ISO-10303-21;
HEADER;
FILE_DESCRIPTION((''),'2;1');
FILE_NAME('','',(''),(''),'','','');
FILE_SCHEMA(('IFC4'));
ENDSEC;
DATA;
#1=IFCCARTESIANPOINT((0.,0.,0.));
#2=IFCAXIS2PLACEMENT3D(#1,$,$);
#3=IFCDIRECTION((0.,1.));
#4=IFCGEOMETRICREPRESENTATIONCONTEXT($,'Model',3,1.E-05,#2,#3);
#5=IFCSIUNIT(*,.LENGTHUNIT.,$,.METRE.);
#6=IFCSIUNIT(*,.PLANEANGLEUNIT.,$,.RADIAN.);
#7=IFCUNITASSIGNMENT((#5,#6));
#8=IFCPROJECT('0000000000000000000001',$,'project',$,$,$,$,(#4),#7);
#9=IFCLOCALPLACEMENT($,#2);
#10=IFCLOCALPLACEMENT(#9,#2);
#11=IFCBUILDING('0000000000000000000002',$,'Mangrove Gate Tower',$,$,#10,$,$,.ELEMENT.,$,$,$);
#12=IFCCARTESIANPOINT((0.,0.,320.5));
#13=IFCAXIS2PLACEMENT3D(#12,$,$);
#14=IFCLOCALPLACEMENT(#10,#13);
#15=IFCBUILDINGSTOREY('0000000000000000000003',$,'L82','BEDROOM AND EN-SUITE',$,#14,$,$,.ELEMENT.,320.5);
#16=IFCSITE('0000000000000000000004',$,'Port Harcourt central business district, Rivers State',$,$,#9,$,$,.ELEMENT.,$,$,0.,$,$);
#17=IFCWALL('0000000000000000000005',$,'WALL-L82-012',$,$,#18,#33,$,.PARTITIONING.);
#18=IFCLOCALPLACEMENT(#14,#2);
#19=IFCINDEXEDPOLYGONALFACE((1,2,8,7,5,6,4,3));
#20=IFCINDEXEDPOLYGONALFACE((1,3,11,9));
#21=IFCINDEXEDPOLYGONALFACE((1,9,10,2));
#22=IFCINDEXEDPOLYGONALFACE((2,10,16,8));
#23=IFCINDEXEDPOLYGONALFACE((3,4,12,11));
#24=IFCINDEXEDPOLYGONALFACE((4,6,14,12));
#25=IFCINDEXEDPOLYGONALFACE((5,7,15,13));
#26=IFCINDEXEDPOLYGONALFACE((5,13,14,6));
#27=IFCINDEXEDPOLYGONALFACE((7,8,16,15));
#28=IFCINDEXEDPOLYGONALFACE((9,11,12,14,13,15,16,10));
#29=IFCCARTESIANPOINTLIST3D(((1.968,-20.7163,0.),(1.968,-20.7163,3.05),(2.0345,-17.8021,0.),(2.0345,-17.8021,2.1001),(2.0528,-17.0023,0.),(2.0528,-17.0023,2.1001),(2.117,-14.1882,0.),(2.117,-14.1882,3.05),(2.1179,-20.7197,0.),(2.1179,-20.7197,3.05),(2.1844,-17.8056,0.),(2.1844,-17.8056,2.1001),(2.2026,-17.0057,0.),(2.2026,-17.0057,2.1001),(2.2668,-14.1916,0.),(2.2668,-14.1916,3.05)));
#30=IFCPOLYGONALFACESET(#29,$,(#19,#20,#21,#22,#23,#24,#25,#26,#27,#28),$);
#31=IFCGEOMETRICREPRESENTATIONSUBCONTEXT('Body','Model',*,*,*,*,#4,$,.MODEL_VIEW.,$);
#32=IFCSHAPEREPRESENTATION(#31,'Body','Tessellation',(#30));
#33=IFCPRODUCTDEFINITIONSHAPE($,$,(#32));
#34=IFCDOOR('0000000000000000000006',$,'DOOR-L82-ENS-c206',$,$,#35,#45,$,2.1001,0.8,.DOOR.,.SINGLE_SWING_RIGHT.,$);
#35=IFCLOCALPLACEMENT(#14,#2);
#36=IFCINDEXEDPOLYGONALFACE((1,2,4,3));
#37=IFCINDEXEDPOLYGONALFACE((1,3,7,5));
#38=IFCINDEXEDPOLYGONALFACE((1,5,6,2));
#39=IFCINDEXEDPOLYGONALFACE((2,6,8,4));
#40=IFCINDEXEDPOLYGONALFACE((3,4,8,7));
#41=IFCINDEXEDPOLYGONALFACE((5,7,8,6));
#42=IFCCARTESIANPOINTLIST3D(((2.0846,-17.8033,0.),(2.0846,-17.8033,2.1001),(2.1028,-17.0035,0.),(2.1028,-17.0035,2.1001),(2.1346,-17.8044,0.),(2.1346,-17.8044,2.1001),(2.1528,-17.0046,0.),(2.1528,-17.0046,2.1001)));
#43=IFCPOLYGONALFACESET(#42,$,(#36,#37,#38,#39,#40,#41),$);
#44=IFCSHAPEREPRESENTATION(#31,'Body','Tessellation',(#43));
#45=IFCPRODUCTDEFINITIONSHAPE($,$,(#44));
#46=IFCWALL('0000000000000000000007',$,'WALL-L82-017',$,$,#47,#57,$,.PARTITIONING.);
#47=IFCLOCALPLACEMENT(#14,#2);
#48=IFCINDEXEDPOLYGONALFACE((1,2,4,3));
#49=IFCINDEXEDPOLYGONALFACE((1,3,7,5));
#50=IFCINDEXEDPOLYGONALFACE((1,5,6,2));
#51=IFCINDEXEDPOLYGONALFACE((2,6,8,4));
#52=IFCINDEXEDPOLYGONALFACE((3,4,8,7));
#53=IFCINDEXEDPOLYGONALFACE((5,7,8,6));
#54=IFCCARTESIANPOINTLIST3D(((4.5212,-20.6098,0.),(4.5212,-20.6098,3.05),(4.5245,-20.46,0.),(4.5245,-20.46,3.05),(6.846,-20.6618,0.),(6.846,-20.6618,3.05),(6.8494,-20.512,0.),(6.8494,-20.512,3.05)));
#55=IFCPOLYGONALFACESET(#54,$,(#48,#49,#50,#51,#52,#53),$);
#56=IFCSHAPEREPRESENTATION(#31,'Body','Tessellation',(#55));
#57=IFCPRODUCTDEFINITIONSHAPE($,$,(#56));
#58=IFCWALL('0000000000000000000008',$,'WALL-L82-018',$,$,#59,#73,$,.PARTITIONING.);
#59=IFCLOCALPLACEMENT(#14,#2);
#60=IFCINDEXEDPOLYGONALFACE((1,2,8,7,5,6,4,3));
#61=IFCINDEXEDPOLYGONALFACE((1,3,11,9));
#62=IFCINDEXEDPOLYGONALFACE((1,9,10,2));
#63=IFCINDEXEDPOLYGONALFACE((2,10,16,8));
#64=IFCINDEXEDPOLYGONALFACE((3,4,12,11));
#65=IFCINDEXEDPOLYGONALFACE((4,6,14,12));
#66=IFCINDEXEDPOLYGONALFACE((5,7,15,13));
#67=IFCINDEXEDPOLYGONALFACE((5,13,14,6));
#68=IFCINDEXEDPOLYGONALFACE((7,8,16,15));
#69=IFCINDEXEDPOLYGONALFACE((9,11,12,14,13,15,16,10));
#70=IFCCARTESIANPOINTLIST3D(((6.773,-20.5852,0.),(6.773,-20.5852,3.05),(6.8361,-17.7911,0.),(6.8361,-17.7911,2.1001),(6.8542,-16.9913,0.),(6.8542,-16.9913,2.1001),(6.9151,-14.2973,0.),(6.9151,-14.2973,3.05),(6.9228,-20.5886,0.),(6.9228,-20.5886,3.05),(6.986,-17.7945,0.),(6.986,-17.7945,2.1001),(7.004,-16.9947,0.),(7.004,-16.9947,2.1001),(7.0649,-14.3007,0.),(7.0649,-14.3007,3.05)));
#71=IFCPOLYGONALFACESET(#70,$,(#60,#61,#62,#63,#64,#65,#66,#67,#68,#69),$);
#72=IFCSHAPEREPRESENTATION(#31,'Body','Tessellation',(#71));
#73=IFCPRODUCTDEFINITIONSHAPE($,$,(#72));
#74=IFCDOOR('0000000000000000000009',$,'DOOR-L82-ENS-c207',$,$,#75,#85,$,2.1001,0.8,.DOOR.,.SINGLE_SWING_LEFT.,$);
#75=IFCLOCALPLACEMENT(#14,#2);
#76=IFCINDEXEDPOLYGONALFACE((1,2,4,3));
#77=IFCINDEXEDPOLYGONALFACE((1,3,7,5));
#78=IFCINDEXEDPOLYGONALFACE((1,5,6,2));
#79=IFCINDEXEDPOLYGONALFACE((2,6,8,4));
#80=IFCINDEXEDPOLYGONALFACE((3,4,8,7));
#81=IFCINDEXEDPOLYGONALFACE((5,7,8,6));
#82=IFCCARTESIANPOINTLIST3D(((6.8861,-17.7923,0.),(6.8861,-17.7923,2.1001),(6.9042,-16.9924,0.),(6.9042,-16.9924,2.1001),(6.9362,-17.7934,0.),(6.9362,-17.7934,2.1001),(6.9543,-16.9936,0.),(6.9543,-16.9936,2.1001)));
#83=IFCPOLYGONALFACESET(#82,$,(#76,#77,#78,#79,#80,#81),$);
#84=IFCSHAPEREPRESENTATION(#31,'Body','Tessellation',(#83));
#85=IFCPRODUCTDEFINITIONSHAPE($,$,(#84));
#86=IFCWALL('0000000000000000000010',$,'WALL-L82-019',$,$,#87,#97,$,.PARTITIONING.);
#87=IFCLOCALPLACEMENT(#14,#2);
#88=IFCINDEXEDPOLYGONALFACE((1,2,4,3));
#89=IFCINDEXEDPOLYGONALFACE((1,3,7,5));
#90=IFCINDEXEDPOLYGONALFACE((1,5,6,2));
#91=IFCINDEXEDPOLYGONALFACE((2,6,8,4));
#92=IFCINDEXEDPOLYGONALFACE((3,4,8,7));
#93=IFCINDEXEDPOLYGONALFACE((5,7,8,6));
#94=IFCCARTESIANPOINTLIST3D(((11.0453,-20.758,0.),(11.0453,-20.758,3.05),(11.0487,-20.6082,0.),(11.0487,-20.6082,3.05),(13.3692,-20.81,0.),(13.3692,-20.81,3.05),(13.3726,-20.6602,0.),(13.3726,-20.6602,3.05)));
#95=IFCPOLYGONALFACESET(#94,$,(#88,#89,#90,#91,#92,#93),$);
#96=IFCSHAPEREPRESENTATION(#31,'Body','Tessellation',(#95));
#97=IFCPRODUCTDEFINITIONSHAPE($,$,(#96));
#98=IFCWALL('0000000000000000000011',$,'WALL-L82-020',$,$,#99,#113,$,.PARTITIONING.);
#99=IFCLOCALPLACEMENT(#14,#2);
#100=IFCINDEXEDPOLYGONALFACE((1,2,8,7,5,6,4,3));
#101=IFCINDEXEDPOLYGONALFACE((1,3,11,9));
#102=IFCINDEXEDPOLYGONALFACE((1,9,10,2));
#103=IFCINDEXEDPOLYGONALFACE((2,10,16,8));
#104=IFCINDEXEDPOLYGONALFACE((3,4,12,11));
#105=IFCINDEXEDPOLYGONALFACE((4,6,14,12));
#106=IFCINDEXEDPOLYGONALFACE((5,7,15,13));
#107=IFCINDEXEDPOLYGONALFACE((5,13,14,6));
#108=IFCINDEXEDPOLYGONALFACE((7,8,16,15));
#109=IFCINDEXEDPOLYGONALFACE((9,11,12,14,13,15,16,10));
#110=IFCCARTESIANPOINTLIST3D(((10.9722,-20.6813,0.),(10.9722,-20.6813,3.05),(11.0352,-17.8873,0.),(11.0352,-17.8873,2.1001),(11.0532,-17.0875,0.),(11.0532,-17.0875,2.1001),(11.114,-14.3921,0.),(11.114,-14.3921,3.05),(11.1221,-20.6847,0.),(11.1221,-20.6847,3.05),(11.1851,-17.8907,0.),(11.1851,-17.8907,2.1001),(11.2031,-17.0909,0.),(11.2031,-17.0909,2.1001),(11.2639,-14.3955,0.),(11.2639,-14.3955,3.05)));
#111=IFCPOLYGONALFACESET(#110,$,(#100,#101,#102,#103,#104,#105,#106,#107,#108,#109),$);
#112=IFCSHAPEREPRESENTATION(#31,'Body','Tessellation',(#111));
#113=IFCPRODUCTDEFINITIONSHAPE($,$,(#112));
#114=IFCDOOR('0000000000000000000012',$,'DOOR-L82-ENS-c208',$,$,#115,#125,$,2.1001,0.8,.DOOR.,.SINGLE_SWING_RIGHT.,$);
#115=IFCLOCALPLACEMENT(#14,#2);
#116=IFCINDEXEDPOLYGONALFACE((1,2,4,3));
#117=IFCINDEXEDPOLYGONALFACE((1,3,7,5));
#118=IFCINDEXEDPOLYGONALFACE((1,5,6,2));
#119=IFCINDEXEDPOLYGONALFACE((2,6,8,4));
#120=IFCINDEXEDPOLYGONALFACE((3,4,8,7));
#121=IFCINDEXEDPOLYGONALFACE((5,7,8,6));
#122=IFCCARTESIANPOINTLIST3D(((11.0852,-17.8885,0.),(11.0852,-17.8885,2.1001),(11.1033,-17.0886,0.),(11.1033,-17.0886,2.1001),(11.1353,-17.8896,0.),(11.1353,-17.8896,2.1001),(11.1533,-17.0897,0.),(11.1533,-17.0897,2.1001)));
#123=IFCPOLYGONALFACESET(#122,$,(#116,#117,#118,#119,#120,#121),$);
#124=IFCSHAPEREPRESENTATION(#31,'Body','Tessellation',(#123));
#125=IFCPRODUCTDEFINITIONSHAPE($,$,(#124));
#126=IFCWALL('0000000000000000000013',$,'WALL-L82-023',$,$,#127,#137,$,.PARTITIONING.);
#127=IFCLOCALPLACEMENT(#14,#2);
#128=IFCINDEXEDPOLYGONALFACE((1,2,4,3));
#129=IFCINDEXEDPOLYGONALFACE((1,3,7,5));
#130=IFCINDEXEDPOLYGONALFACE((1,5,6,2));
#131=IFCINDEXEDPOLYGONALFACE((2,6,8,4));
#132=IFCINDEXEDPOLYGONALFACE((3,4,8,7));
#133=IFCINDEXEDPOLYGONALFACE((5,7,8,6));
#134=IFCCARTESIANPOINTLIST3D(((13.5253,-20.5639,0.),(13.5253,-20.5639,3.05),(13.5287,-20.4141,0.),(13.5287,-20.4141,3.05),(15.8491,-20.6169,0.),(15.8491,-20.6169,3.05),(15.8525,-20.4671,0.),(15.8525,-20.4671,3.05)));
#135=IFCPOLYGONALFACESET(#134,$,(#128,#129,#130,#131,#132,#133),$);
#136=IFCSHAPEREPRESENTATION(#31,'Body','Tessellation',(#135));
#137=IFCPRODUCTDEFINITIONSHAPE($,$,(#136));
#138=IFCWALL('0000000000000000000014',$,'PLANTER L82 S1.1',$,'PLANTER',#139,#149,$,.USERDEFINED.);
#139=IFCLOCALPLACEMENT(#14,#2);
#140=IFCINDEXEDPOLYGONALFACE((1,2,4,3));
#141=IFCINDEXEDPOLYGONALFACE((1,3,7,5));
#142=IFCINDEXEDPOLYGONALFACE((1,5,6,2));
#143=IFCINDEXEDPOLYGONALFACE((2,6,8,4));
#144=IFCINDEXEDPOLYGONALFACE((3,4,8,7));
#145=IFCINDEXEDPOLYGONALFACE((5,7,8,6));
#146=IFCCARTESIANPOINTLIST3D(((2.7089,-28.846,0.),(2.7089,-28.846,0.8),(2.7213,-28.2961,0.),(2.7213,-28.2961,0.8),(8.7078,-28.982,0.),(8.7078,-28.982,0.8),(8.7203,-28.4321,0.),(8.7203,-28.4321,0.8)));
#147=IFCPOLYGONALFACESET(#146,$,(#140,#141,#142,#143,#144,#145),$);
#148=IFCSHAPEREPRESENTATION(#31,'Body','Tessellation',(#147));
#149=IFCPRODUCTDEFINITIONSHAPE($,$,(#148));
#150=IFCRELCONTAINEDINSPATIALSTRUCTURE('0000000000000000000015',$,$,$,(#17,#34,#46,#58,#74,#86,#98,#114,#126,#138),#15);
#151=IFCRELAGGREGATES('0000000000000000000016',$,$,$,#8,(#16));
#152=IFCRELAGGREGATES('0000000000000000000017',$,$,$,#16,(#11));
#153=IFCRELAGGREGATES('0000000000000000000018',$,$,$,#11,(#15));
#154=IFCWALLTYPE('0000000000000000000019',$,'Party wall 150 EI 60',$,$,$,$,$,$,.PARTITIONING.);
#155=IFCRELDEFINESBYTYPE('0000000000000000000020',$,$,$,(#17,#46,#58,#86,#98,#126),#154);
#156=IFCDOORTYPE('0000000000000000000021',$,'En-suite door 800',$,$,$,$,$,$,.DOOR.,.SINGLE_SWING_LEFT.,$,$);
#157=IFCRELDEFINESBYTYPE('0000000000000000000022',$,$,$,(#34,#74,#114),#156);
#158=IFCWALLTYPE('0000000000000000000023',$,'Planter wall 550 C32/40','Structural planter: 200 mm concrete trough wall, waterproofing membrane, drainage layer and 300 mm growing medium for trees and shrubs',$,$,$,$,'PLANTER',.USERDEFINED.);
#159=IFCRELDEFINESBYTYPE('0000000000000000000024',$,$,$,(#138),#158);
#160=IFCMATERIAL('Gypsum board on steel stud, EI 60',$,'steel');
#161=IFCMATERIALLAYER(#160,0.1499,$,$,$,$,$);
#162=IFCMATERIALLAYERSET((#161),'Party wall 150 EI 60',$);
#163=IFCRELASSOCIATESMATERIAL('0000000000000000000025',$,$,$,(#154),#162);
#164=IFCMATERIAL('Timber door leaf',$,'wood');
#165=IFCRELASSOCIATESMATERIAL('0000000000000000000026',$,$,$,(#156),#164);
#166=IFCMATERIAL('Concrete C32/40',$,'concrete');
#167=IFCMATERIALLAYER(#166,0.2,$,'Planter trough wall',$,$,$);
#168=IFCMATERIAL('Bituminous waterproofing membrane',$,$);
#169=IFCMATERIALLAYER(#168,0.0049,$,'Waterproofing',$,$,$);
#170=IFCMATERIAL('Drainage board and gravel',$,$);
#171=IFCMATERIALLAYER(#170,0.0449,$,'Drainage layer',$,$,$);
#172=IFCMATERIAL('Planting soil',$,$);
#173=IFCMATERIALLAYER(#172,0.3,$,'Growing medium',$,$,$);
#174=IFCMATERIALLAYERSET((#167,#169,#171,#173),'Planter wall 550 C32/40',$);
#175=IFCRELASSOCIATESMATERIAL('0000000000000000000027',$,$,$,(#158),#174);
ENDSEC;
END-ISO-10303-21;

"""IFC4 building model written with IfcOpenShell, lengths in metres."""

from ifc_helpers import new_model, si_unit, direction, frame, frame_2d, origin, place, context, subcontext, project, spatial, rectangle, extrude, material, layer, layer_set, type_object, element, fill, save


model = new_model("IFC4")

# Units and contexts
model_context = context("Model", 3, precision=1e-05, world=origin(), true_north=direction((0.0, 1.0)))
body_context = subcontext(model_context, "Body", "Model", "MODEL_VIEW")
ifc_project = project(units=[si_unit("LENGTHUNIT", "METRE"), si_unit("PLANEANGLEUNIT", "RADIAN")], contexts=[model_context])

# Site, building, storey
site_placement = place(None, origin())
site = spatial("IfcSite", under=ifc_project, at=site_placement, Name="Port Harcourt central business district, Rivers State", CompositionType="ELEMENT", RefElevation=0.0)
building_placement = place(site_placement, origin())
building = spatial("IfcBuilding", under=site, at=building_placement, Name="Mangrove Gate Tower", CompositionType="ELEMENT")
storey_placement = place(building_placement, frame((0.0, 0.0, 320.5)))
storey = spatial("IfcBuildingStorey", under=building, at=storey_placement, Name="L82", Description="BEDROOM AND EN-SUITE", CompositionType="ELEMENT", Elevation=320.5)

# Shared definitions
ifc_material_1 = material(Name="Gypsum board on steel stud, EI 60", Category="steel")
ifc_layer_1 = layer(ifc_material_1, 0.1499)
ifc_layer_set_1 = layer_set([ifc_layer_1], Name="Party wall 150 EI 60")
wall_type_1 = type_object("IfcWallType", Name="Party wall 150 EI 60", PredefinedType="PARTITIONING", material=ifc_layer_set_1)

# Wall, opening, door
wall_1_placement = place(storey_placement, frame((2.043, -20.718, 0.0), z_axis=(0.0, 0.0, 1.0), x_axis=(0.022807, 0.99974, 0.0)))
wall_1 = element("IfcWall", 1, at=wall_1_placement, inside=storey, type_object=wall_type_1, Name="WALL-L82-012", PredefinedType="PARTITIONING", context=body_context, shape_type="SweptSolid", body=[
    extrude(rectangle(XDim=6.5298, YDim=0.1499, at=frame_2d((3.2649, 0.0))), origin(), (0.0, 0.0, 1.0), 3.05),
])
opening_1_placement = place(wall_1_placement, frame((2.915, 0.0, 0.0)))
opening_1 = element("IfcOpeningElement", 2, at=opening_1_placement, cuts=wall_1, PredefinedType="OPENING", context=body_context, shape_type="SweptSolid", body=[
    extrude(rectangle(XDim=0.8, YDim=2.1001, at=frame_2d((0.3999, 1.05))), frame((0.0, 0.085, 0.0), z_axis=(0.0, -1.0, 0.0), x_axis=(1.0, 0.0, 0.0)), (0.0, 0.0, 1.0), 0.1699),
])
ifc_material_2 = material(Name="Timber door leaf", Category="wood")
door_type_1 = type_object("IfcDoorType", Name="En-suite door 800", OperationType="SINGLE_SWING_LEFT", PredefinedType="DOOR", material=ifc_material_2)
door_1_placement = place(opening_1_placement, origin())
door_1 = element("IfcDoor", 3, at=door_1_placement, inside=storey, type_object=door_type_1, Name="DOOR-L82-ENS-c206", OperationType="SINGLE_SWING_RIGHT", OverallHeight=2.1001, OverallWidth=0.8, PredefinedType="DOOR", context=body_context, shape_type="SweptSolid", body=[
    extrude(rectangle(XDim=0.8, YDim=2.1001, at=frame_2d((0.3999, 1.05))), frame((0.0, 0.0249, 0.0), z_axis=(0.0, -1.0, 0.0), x_axis=(1.0, 0.0, 0.0)), (0.0, 0.0, 1.0), 0.05),
])
fill(opening_1, door_1)

# Wall
wall_2_placement = place(storey_placement, frame((4.5229, -20.5349, 0.0), z_axis=(0.0, 0.0, 1.0), x_axis=(0.99975, -0.022361, 0.0)))
element("IfcWall", 4, at=wall_2_placement, inside=storey, type_object=wall_type_1, Name="WALL-L82-017", PredefinedType="PARTITIONING", context=body_context, shape_type="SweptSolid", body=[
    extrude(rectangle(XDim=2.3254, YDim=0.1499, at=frame_2d((1.1626, 0.0))), origin(), (0.0, 0.0, 1.0), 3.05),
])

# Wall, opening, door
wall_3_placement = place(storey_placement, frame((6.8479, -20.5869, 0.0), z_axis=(0.0, 0.0, 1.0), x_axis=(0.022592, 0.999745, 0.0)))
wall_3 = element("IfcWall", 5, at=wall_3_placement, inside=storey, type_object=wall_type_1, Name="WALL-L82-018", PredefinedType="PARTITIONING", context=body_context, shape_type="SweptSolid", body=[
    extrude(rectangle(XDim=6.2896, YDim=0.1499, at=frame_2d((3.1448, 0.0))), origin(), (0.0, 0.0, 1.0), 3.05),
])
opening_2_placement = place(wall_3_placement, frame((2.7949, 0.0, 0.0)))
opening_2 = element("IfcOpeningElement", 6, at=opening_2_placement, cuts=wall_3, PredefinedType="OPENING", context=body_context, shape_type="SweptSolid", body=[
    extrude(rectangle(XDim=0.8, YDim=2.1001, at=frame_2d((0.3999, 1.05))), frame((0.0, 0.085, 0.0), z_axis=(0.0, -1.0, 0.0), x_axis=(1.0, 0.0, 0.0)), (0.0, 0.0, 1.0), 0.1699),
])
door_2_placement = place(opening_2_placement, origin())
door_2 = element("IfcDoor", 7, at=door_2_placement, inside=storey, type_object=door_type_1, Name="DOOR-L82-ENS-c207", OperationType="SINGLE_SWING_LEFT", OverallHeight=2.1001, OverallWidth=0.8, PredefinedType="DOOR", context=body_context, shape_type="SweptSolid", body=[
    extrude(rectangle(XDim=0.8, YDim=2.1001, at=frame_2d((0.3999, 1.05))), frame((0.0, 0.0249, 0.0), z_axis=(0.0, -1.0, 0.0), x_axis=(1.0, 0.0, 0.0)), (0.0, 0.0, 1.0), 0.05),
])
fill(opening_2, door_2)

# Wall
wall_4_placement = place(storey_placement, frame((11.0471, -20.6831, 0.0), z_axis=(0.0, 0.0, 1.0), x_axis=(0.99975, -0.022371, 0.0)))
element("IfcWall", 8, at=wall_4_placement, inside=storey, type_object=wall_type_1, Name="WALL-L82-019", PredefinedType="PARTITIONING", context=body_context, shape_type="SweptSolid", body=[
    extrude(rectangle(XDim=2.3245, YDim=0.1499, at=frame_2d((1.1621, 0.0))), origin(), (0.0, 0.0, 1.0), 3.05),
])

# Wall, opening, door
wall_5_placement = place(storey_placement, frame((11.0471, -20.6831, 0.0), z_axis=(0.0, 0.0, 1.0), x_axis=(0.022549, 0.999746, 0.0)))
wall_5 = element("IfcWall", 9, at=wall_5_placement, inside=storey, type_object=wall_type_1, Name="WALL-L82-020", PredefinedType="PARTITIONING", context=body_context, shape_type="SweptSolid", body=[
    extrude(rectangle(XDim=6.2908, YDim=0.1499, at=frame_2d((3.1455, 0.0))), origin(), (0.0, 0.0, 1.0), 3.05),
])
opening_3_placement = place(wall_5_placement, frame((2.7949, 0.0, 0.0)))
opening_3 = element("IfcOpeningElement", 10, at=opening_3_placement, cuts=wall_5, PredefinedType="OPENING", context=body_context, shape_type="SweptSolid", body=[
    extrude(rectangle(XDim=0.8, YDim=2.1001, at=frame_2d((0.3999, 1.05))), frame((0.0, 0.085, 0.0), z_axis=(0.0, -1.0, 0.0), x_axis=(1.0, 0.0, 0.0)), (0.0, 0.0, 1.0), 0.1699),
])
door_3_placement = place(opening_3_placement, origin())
door_3 = element("IfcDoor", 11, at=door_3_placement, inside=storey, type_object=door_type_1, Name="DOOR-L82-ENS-c208", OperationType="SINGLE_SWING_RIGHT", OverallHeight=2.1001, OverallWidth=0.8, PredefinedType="DOOR", context=body_context, shape_type="SweptSolid", body=[
    extrude(rectangle(XDim=0.8, YDim=2.1001, at=frame_2d((0.3999, 1.05))), frame((0.0, 0.0249, 0.0), z_axis=(0.0, -1.0, 0.0), x_axis=(1.0, 0.0, 0.0)), (0.0, 0.0, 1.0), 0.05),
])
fill(opening_3, door_3)

# Walls
wall_6_placement = place(storey_placement, frame((13.5271, -20.489, 0.0), z_axis=(0.0, 0.0, 1.0), x_axis=(0.99974, -0.022791, 0.0)))
element("IfcWall", 12, at=wall_6_placement, inside=storey, type_object=wall_type_1, Name="WALL-L82-023", PredefinedType="PARTITIONING", context=body_context, shape_type="SweptSolid", body=[
    extrude(rectangle(XDim=2.3245, YDim=0.1499, at=frame_2d((1.1621, 0.0))), origin(), (0.0, 0.0, 1.0), 3.05),
])
ifc_material_3 = material(Name="Concrete C32/40", Category="concrete")
ifc_layer_2 = layer(ifc_material_3, 0.2, Name="Planter trough wall")
ifc_material_4 = material(Name="Bituminous waterproofing membrane")
ifc_layer_3 = layer(ifc_material_4, 0.0049, Name="Waterproofing")
ifc_material_5 = material(Name="Drainage board and gravel")
ifc_layer_4 = layer(ifc_material_5, 0.0449, Name="Drainage layer")
ifc_material_6 = material(Name="Planting soil")
ifc_layer_5 = layer(ifc_material_6, 0.3, Name="Growing medium")
ifc_layer_set_2 = layer_set([ifc_layer_2, ifc_layer_3, ifc_layer_4, ifc_layer_5], Name="Planter wall 550 C32/40")
wall_type_2 = type_object("IfcWallType", Name="Planter wall 550 C32/40", Description="Structural planter: 200 mm concrete trough wall, waterproofing membrane, drainage layer and 300 mm growing medium for trees and shrubs", ElementType="PLANTER", PredefinedType="USERDEFINED", material=ifc_layer_set_2)
wall_7_placement = place(storey_placement, frame((2.7151, -28.571, 0.0), z_axis=(0.0, 0.0, 1.0), x_axis=(0.999743, -0.022662, 0.0)))
element("IfcWall", 13, at=wall_7_placement, inside=storey, type_object=wall_type_2, Name="PLANTER L82 S1.1", ObjectType="PLANTER", PredefinedType="USERDEFINED", context=body_context, shape_type="SweptSolid", body=[
    extrude(rectangle(XDim=6.0005, YDim=0.55, at=frame_2d((3.0002, 0.0))), origin(), (0.0, 0.0, 1.0), 0.8),
])

save(model, "model.ifc")
